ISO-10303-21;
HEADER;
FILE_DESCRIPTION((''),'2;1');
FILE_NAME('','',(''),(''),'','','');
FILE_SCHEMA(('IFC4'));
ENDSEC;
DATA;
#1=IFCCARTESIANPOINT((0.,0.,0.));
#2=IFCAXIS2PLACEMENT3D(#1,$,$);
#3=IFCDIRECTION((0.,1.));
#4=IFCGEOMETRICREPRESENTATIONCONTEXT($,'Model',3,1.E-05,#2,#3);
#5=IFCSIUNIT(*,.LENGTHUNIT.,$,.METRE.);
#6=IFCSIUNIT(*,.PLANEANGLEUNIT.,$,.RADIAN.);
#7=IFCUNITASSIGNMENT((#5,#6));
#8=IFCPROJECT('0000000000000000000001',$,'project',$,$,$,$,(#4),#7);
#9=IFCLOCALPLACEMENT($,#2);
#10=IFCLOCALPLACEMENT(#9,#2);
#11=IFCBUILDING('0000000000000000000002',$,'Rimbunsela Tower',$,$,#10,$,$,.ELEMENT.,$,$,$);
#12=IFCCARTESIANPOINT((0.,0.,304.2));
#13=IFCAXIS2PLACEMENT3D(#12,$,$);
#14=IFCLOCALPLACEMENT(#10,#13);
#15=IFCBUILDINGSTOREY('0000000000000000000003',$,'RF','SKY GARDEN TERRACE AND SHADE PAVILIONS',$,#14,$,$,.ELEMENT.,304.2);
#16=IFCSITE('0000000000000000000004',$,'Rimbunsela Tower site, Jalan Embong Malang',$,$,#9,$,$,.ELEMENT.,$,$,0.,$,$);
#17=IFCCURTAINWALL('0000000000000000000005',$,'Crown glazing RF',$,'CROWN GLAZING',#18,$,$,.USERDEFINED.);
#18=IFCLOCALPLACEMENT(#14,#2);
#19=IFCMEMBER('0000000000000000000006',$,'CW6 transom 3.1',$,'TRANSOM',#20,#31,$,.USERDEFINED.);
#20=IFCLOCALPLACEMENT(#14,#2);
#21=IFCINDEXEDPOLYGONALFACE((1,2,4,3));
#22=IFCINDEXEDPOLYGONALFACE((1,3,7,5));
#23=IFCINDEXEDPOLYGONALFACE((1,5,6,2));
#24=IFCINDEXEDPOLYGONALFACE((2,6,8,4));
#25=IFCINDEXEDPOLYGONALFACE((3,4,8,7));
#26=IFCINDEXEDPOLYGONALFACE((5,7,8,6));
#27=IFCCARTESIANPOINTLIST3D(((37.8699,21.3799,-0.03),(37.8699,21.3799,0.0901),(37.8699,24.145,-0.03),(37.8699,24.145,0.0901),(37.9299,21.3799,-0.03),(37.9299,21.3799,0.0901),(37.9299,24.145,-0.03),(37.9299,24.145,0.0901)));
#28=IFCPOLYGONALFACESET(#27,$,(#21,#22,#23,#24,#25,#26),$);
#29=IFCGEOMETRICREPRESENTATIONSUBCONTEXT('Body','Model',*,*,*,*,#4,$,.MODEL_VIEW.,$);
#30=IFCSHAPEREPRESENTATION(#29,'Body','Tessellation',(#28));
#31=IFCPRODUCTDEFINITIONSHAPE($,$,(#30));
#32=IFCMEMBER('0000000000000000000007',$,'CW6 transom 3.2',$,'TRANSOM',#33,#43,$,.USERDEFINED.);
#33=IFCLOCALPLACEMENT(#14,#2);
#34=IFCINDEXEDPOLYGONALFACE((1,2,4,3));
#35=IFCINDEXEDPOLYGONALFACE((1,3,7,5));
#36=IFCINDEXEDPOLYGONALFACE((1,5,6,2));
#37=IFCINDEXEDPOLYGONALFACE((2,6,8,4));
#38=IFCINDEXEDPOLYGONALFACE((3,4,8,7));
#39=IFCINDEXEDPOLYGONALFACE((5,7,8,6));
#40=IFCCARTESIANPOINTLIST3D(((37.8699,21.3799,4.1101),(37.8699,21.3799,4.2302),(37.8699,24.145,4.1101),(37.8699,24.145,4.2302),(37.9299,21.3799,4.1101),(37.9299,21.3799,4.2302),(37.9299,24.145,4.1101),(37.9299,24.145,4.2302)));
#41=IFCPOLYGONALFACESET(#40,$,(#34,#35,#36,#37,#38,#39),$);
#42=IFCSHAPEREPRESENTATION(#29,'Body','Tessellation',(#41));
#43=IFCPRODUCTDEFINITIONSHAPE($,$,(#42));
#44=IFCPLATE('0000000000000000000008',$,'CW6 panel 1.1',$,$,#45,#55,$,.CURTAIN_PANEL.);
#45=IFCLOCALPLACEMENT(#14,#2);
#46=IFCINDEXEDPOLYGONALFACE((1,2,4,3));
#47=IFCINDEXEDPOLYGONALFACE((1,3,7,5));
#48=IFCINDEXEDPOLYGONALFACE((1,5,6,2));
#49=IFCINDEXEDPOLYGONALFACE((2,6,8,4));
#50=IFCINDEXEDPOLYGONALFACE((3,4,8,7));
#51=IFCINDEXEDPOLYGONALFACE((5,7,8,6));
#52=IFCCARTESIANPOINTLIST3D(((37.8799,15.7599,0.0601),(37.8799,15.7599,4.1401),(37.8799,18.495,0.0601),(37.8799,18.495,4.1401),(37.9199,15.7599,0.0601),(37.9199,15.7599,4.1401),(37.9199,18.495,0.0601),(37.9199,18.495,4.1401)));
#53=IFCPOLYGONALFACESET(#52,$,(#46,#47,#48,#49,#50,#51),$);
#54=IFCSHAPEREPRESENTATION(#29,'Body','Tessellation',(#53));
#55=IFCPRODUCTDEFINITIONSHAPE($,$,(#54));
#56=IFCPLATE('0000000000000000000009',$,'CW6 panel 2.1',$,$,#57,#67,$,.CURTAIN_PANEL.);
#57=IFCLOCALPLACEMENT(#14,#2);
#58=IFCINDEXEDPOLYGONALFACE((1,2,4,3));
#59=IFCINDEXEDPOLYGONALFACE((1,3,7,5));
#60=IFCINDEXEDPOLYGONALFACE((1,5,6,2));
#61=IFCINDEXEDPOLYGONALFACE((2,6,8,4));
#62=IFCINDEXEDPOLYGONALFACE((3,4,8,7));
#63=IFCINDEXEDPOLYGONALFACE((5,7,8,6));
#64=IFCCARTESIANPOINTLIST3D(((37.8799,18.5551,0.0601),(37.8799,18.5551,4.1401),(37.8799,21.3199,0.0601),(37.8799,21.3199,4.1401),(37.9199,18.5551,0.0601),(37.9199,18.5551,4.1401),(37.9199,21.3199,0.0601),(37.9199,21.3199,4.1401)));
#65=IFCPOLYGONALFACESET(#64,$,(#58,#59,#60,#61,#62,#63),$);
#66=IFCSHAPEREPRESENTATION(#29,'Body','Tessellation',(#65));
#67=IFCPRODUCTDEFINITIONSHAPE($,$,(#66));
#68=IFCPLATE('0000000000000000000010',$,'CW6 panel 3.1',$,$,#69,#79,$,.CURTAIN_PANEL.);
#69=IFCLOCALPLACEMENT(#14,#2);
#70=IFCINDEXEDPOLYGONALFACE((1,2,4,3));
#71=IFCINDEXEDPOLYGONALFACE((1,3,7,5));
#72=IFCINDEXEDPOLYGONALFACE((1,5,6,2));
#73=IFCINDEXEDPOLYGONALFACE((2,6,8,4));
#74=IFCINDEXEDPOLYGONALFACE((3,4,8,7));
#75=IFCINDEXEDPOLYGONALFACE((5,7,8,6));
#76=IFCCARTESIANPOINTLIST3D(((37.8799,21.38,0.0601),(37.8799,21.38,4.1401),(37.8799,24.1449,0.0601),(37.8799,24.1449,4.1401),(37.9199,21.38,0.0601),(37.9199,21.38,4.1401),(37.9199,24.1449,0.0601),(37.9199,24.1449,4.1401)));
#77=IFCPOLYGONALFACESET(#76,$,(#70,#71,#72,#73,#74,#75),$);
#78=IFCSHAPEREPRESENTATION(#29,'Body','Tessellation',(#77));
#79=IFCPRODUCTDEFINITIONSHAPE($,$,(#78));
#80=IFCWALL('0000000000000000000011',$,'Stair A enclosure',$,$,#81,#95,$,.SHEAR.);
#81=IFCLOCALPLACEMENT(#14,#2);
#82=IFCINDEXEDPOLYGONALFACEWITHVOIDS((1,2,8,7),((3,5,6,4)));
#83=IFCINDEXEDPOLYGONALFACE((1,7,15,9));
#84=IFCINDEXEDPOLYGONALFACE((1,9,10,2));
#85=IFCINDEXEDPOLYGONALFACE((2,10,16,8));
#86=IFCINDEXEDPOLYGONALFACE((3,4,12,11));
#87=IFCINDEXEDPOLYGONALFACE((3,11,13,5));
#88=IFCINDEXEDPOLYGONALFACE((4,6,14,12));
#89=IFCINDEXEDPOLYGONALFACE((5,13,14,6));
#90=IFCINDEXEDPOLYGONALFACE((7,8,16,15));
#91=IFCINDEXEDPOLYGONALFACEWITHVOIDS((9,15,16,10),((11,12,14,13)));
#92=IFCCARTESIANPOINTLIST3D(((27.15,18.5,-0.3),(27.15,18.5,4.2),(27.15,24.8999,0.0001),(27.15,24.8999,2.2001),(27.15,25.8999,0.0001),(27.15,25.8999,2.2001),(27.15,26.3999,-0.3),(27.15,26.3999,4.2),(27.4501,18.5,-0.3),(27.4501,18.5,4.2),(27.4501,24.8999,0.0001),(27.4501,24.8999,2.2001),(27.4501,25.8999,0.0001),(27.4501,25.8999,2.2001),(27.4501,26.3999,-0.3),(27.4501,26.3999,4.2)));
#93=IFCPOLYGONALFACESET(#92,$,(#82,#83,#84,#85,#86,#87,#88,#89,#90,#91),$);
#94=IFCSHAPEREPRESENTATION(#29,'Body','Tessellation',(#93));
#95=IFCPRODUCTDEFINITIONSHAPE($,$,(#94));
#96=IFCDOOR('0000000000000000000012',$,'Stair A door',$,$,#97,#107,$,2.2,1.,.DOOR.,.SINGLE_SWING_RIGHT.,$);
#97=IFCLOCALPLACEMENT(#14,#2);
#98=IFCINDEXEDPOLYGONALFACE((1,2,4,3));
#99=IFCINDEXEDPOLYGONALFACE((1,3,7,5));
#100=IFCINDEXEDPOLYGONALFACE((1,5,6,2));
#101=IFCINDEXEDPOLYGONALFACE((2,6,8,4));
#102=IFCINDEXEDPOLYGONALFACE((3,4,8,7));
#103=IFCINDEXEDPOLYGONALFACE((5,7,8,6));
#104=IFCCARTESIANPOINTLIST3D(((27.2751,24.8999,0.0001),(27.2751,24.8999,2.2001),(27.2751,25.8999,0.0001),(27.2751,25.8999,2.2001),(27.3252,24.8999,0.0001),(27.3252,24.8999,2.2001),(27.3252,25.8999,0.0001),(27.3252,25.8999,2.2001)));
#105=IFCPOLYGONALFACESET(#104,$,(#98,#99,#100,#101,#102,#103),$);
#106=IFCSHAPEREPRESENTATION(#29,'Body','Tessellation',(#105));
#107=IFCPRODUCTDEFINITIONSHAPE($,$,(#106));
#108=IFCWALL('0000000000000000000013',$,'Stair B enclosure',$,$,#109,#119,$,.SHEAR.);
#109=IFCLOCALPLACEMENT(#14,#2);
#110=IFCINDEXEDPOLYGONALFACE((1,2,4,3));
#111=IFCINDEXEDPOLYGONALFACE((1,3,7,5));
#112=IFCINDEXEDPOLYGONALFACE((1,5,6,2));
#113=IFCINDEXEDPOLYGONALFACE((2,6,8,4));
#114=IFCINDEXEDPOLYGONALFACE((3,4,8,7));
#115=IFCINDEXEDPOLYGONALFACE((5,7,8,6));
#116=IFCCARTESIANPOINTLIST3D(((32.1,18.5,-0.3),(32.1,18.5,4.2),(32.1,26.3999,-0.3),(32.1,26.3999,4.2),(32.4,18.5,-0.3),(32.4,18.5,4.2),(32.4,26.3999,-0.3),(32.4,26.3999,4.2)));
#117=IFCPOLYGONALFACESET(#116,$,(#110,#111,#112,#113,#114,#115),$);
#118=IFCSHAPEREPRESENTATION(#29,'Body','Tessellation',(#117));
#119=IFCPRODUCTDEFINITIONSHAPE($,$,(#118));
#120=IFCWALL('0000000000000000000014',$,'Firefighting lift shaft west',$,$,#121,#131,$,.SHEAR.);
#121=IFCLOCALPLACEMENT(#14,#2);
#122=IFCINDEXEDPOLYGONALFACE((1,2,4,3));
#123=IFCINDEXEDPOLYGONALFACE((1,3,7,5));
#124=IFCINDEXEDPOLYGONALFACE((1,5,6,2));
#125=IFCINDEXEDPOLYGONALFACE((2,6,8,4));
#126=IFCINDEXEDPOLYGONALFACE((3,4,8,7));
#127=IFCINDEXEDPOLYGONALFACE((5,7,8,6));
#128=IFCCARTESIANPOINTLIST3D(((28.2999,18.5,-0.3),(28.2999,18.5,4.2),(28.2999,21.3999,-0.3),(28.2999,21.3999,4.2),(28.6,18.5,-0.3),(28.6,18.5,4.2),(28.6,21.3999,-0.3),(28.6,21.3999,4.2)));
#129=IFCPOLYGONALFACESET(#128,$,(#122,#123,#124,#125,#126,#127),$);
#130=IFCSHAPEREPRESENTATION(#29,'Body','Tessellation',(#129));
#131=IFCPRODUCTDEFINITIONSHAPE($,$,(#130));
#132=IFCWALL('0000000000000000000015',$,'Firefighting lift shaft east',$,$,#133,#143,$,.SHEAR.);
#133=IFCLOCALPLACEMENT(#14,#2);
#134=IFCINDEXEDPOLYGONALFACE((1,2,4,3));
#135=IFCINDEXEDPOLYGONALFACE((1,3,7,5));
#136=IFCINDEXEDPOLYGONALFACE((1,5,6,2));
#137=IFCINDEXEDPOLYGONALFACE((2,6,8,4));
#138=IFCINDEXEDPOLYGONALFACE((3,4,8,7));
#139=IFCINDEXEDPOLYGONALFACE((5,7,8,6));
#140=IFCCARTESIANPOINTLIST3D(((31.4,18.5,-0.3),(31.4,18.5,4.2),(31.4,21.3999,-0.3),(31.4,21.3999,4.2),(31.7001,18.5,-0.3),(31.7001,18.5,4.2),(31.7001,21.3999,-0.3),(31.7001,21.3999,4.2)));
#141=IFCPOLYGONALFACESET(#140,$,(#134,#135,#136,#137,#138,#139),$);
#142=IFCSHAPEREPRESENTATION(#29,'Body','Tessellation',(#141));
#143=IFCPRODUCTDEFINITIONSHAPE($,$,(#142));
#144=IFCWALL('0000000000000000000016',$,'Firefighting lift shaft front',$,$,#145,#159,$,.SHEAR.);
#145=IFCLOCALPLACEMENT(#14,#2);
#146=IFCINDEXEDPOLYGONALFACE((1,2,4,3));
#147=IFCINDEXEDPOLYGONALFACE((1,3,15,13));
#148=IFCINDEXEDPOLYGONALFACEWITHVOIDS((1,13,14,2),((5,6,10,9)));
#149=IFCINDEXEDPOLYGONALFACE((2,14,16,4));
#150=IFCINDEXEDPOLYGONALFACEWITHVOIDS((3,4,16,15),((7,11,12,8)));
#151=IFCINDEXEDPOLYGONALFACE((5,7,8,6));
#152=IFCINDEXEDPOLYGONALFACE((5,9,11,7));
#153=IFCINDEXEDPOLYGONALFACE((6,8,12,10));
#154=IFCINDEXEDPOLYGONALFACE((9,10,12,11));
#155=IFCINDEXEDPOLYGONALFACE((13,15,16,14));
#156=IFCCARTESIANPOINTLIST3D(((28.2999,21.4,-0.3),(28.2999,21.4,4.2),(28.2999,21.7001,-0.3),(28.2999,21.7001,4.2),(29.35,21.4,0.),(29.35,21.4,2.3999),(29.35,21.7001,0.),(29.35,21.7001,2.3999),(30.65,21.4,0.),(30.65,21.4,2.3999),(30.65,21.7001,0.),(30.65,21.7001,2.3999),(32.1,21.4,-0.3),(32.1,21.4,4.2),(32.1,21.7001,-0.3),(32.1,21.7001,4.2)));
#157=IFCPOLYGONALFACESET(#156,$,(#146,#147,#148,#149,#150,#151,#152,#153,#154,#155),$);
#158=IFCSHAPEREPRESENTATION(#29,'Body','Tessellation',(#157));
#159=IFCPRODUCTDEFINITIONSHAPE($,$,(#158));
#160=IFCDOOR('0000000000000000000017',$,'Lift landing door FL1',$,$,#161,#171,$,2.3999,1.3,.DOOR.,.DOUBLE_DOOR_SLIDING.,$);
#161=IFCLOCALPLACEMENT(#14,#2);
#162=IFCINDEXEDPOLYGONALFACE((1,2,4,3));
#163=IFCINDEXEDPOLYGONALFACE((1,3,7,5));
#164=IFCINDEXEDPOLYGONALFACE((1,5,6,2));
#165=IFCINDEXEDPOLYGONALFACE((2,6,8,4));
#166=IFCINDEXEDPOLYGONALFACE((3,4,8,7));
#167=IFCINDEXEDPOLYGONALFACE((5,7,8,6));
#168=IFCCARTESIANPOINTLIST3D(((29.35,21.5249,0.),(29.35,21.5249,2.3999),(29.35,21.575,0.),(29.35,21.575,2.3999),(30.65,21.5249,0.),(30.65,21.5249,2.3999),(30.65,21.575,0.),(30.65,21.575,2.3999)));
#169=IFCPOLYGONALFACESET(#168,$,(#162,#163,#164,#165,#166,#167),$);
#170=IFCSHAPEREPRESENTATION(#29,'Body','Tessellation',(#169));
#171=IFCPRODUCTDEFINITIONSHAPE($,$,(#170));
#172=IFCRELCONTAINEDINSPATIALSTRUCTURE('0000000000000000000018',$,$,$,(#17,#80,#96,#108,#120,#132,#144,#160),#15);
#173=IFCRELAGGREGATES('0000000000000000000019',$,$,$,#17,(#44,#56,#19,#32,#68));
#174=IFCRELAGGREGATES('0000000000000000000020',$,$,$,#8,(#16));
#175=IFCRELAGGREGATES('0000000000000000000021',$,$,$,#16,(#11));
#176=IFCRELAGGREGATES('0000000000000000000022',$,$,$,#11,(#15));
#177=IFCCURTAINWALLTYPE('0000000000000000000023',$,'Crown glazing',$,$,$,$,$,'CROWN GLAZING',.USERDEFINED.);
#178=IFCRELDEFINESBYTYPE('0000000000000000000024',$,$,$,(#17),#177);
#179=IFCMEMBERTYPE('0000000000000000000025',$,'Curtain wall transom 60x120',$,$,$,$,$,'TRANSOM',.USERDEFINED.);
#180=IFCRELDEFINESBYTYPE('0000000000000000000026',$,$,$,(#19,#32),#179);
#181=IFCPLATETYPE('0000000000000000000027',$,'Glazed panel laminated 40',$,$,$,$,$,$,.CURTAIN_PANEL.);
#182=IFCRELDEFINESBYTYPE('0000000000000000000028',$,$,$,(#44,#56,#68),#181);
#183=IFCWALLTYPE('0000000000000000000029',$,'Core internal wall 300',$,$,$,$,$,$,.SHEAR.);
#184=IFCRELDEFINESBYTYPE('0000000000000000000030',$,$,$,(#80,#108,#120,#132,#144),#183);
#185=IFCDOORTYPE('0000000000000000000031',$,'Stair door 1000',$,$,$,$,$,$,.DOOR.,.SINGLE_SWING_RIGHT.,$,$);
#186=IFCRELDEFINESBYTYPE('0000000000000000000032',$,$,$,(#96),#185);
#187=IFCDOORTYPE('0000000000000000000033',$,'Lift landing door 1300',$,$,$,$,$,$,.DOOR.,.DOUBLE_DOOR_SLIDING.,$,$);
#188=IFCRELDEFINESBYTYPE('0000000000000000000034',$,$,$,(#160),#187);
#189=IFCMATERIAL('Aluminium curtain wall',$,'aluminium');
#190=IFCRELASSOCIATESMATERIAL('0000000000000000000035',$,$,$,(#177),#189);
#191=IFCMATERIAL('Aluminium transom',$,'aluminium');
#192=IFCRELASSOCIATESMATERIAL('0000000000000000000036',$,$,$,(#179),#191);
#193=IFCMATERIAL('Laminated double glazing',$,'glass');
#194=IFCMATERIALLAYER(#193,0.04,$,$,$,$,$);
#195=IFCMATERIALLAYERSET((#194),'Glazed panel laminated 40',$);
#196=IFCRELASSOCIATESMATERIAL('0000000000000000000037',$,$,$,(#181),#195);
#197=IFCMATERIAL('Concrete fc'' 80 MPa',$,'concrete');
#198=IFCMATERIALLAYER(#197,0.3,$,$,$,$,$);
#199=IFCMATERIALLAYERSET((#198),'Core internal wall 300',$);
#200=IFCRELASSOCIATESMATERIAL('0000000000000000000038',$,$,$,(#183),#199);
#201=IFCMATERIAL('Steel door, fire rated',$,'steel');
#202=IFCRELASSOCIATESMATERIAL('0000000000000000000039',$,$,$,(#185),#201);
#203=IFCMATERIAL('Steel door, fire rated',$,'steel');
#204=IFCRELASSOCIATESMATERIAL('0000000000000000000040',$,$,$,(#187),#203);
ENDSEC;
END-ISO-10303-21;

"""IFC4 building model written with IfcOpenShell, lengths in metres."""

from ifc_helpers import new_model, si_unit, direction, frame, frame_2d, origin, origin_2d, place, context, subcontext, project, spatial, rectangle, extrude, material, layer, layer_set, material_profile, profile_set, type_object, element, fill, aggregate, save


model = new_model("IFC4")

# Units and contexts
model_context = context("Model", 3, precision=1e-05, world=origin(), true_north=direction((0.0, 1.0)))
body_context = subcontext(model_context, "Body", "Model", "MODEL_VIEW")
ifc_project = project(units=[si_unit("LENGTHUNIT", "METRE"), si_unit("PLANEANGLEUNIT", "RADIAN")], contexts=[model_context])

# Site, building, storey
site_placement = place(None, origin())
site = spatial("IfcSite", under=ifc_project, at=site_placement, Name="Rimbunsela Tower site, Jalan Embong Malang", CompositionType="ELEMENT", RefElevation=0.0)
building_placement = place(site_placement, origin())
building = spatial("IfcBuilding", under=site, at=building_placement, Name="Rimbunsela Tower", CompositionType="ELEMENT")
storey_placement = place(building_placement, frame((0.0, 0.0, 304.2)))
storey = spatial("IfcBuildingStorey", under=building, at=storey_placement, Name="RF", Description="SKY GARDEN TERRACE AND SHADE PAVILIONS", CompositionType="ELEMENT", Elevation=304.2)

# Curtain wall, members, plates
ifc_material_1 = material(Name="Aluminium curtain wall", Category="aluminium")
curtain_wall_type = type_object("IfcCurtainWallType", Name="Crown glazing", ElementType="CROWN GLAZING", PredefinedType="USERDEFINED", material=ifc_material_1)
curtain_wall_placement = place(storey_placement, origin())
curtain_wall = element("IfcCurtainWall", 1, at=curtain_wall_placement, inside=storey, type_object=curtain_wall_type, Name="Crown glazing RF", ObjectType="CROWN GLAZING", PredefinedType="USERDEFINED")
ifc_material_2 = material(Name="Aluminium transom", Category="aluminium")
ifc_material_profile_1 = material_profile(ifc_material_2, rectangle(XDim=0.0601, YDim=0.1201, at=origin_2d()), Name="Transom 60x120")
ifc_profile_set_1 = profile_set([ifc_material_profile_1], Name="Aluminium transom")
member_type_1 = type_object("IfcMemberType", Name="Curtain wall transom 60x120", ElementType="TRANSOM", PredefinedType="USERDEFINED", material=ifc_profile_set_1)
member_1_placement = place(storey_placement, frame((37.8999, 21.3799, 0.03), z_axis=(0.0, 1.0, 0.0), x_axis=(-1.0, 0.0, 0.0)))
member_1 = element("IfcMember", 2, at=member_1_placement, type_object=member_type_1, Name="CW6 transom 3.1", ObjectType="TRANSOM", PredefinedType="USERDEFINED", context=body_context, shape_type="SweptSolid", body=[
    extrude(rectangle(XDim=0.0601, YDim=0.1201, at=origin_2d()), origin(), (0.0, 0.0, 1.0), 2.7651),
])
member_2_placement = place(storey_placement, frame((37.8999, 21.3799, 4.1702), z_axis=(0.0, 1.0, 0.0), x_axis=(-1.0, 0.0, 0.0)))
member_2 = element("IfcMember", 3, at=member_2_placement, type_object=member_type_1, Name="CW6 transom 3.2", ObjectType="TRANSOM", PredefinedType="USERDEFINED", context=body_context, shape_type="SweptSolid", body=[
    extrude(rectangle(XDim=0.0601, YDim=0.1201, at=origin_2d()), origin(), (0.0, 0.0, 1.0), 2.7651),
])
ifc_material_3 = material(Name="Laminated double glazing", Category="glass")
ifc_layer_1 = layer(ifc_material_3, 0.04)
ifc_layer_set_1 = layer_set([ifc_layer_1], Name="Glazed panel laminated 40")
plate_type = type_object("IfcPlateType", Name="Glazed panel laminated 40", PredefinedType="CURTAIN_PANEL", material=ifc_layer_set_1)
plate_1_placement = place(storey_placement, frame((37.8999, 17.1274, 0.0601), z_axis=(0.0, 0.0, 1.0), x_axis=(0.0, 1.0, 0.0)))
plate_1 = element("IfcPlate", 4, at=plate_1_placement, type_object=plate_type, Name="CW6 panel 1.1", PredefinedType="CURTAIN_PANEL", context=body_context, shape_type="SweptSolid", body=[
    extrude(rectangle(XDim=2.7351, YDim=0.04, at=origin_2d()), origin(), (0.0, 0.0, 1.0), 4.0801),
])
plate_2_placement = place(storey_placement, frame((37.8999, 19.9375, 0.0601), z_axis=(0.0, 0.0, 1.0), x_axis=(0.0, 1.0, 0.0)))
plate_2 = element("IfcPlate", 5, at=plate_2_placement, type_object=plate_type, Name="CW6 panel 2.1", PredefinedType="CURTAIN_PANEL", context=body_context, shape_type="SweptSolid", body=[
    extrude(rectangle(XDim=2.7649, YDim=0.04, at=origin_2d()), origin(), (0.0, 0.0, 1.0), 4.0801),
])
plate_3_placement = place(storey_placement, frame((37.8999, 22.7625, 0.0601), z_axis=(0.0, 0.0, 1.0), x_axis=(0.0, 1.0, 0.0)))
plate_3 = element("IfcPlate", 6, at=plate_3_placement, type_object=plate_type, Name="CW6 panel 3.1", PredefinedType="CURTAIN_PANEL", context=body_context, shape_type="SweptSolid", body=[
    extrude(rectangle(XDim=2.7649, YDim=0.04, at=origin_2d()), origin(), (0.0, 0.0, 1.0), 4.0801),
])
aggregate(curtain_wall, [plate_1, plate_2, member_1, member_2, plate_3])

# Wall, opening, door
ifc_material_4 = material(Name="Concrete fc' 80 MPa", Category="concrete")
ifc_layer_2 = layer(ifc_material_4, 0.3)
ifc_layer_set_2 = layer_set([ifc_layer_2], Name="Core internal wall 300")
wall_type_1 = type_object("IfcWallType", Name="Core internal wall 300", PredefinedType="SHEAR", material=ifc_layer_set_2)
wall_1_placement = place(storey_placement, frame((27.3, 18.5, -0.3), z_axis=(0.0, 0.0, 1.0), x_axis=(0.0, 1.0, 0.0)))
wall_1 = element("IfcWall", 7, at=wall_1_placement, inside=storey, type_object=wall_type_1, Name="Stair A enclosure", PredefinedType="SHEAR", context=body_context, shape_type="SweptSolid", body=[
    extrude(rectangle(XDim=7.8999, YDim=0.3, at=frame_2d((3.95, 0.0))), origin(), (0.0, 0.0, 1.0), 4.5),
])
opening_1_placement = place(wall_1_placement, frame((6.3999, 0.0, 0.3)))
opening_1 = element("IfcOpeningElement", 8, at=opening_1_placement, cuts=wall_1, PredefinedType="OPENING", context=body_context, shape_type="SweptSolid", body=[
    extrude(rectangle(XDim=1.0, YDim=2.2, at=frame_2d((0.5, 1.1001))), frame((0.0, 0.1599, 0.0), z_axis=(0.0, -1.0, 0.0), x_axis=(1.0, 0.0, 0.0)), (0.0, 0.0, 1.0), 0.3201),
])
ifc_material_5 = material(Name="Steel door, fire rated", Category="steel")
door_type_1 = type_object("IfcDoorType", Name="Stair door 1000", OperationType="SINGLE_SWING_RIGHT", PredefinedType="DOOR", material=ifc_material_5)
door_1_placement = place(opening_1_placement, origin())
door_1 = element("IfcDoor", 9, at=door_1_placement, inside=storey, type_object=door_type_1, Name="Stair A door", OperationType="SINGLE_SWING_RIGHT", OverallHeight=2.2, OverallWidth=1.0, PredefinedType="DOOR", context=body_context, shape_type="SweptSolid", body=[
    extrude(rectangle(XDim=1.0, YDim=2.2, at=frame_2d((0.5, 1.1001))), frame((0.0, 0.0249, 0.0), z_axis=(0.0, -1.0, 0.0), x_axis=(1.0, 0.0, 0.0)), (0.0, 0.0, 1.0), 0.05),
])
fill(opening_1, door_1)

# Walls
wall_2_placement = place(storey_placement, frame((32.25, 18.5, -0.3), z_axis=(0.0, 0.0, 1.0), x_axis=(0.0, 1.0, 0.0)))
element("IfcWall", 10, at=wall_2_placement, inside=storey, type_object=wall_type_1, Name="Stair B enclosure", PredefinedType="SHEAR", context=body_context, shape_type="SweptSolid", body=[
    extrude(rectangle(XDim=7.8999, YDim=0.3, at=frame_2d((3.95, 0.0))), origin(), (0.0, 0.0, 1.0), 4.5),
])
for number, where, z_axis, x_axis, name in (
    (11, (28.45, 18.5, -0.3), (0.0, 0.0, 1.0), (0.0, 1.0, 0.0), "Firefighting lift shaft west"),
    (12, (31.55, 18.5, -0.3), (0.0, 0.0, 1.0), (0.0, 1.0, 0.0), "Firefighting lift shaft east"),
):
    element("IfcWall", number, at=place(storey_placement, frame(where, z_axis=z_axis, x_axis=x_axis)), inside=storey, type_object=wall_type_1, Name=name, PredefinedType="SHEAR", context=body_context, shape_type="SweptSolid", body=[
        extrude(rectangle(XDim=2.8999, YDim=0.3, at=frame_2d((1.45, 0.0))), origin(), (0.0, 0.0, 1.0), 4.5),
    ])

# Wall, opening, door
wall_3_placement = place(storey_placement, frame((28.3, 21.55, -0.3), z_axis=(0.0, 0.0, 1.0), x_axis=(1.0, 0.0, 0.0)))
wall_3 = element("IfcWall", 13, at=wall_3_placement, inside=storey, type_object=wall_type_1, Name="Firefighting lift shaft front", PredefinedType="SHEAR", context=body_context, shape_type="SweptSolid", body=[
    extrude(rectangle(XDim=3.8, YDim=0.3, at=frame_2d((1.8999, 0.0))), origin(), (0.0, 0.0, 1.0), 4.5),
])
opening_2_placement = place(wall_3_placement, frame((1.05, 0.0, 0.3)))
opening_2 = element("IfcOpeningElement", 14, at=opening_2_placement, cuts=wall_3, PredefinedType="OPENING", context=body_context, shape_type="SweptSolid", body=[
    extrude(rectangle(XDim=1.3, YDim=2.3999, at=frame_2d((0.6499, 1.2))), frame((0.0, 0.1599, 0.0), z_axis=(0.0, -1.0, 0.0), x_axis=(1.0, 0.0, 0.0)), (0.0, 0.0, 1.0), 0.3201),
])
ifc_material_6 = material(Name="Steel door, fire rated", Category="steel")
door_type_2 = type_object("IfcDoorType", Name="Lift landing door 1300", OperationType="DOUBLE_DOOR_SLIDING", PredefinedType="DOOR", material=ifc_material_6)
door_2_placement = place(opening_2_placement, origin())
door_2 = element("IfcDoor", 15, at=door_2_placement, inside=storey, type_object=door_type_2, Name="Lift landing door FL1", OperationType="DOUBLE_DOOR_SLIDING", OverallHeight=2.3999, OverallWidth=1.3, PredefinedType="DOOR", context=body_context, shape_type="SweptSolid", body=[
    extrude(rectangle(XDim=1.3, YDim=2.3999, at=frame_2d((0.6499, 1.2))), frame((0.0, 0.0249, 0.0), z_axis=(0.0, -1.0, 0.0), x_axis=(1.0, 0.0, 0.0)), (0.0, 0.0, 1.0), 0.05),
])
fill(opening_2, door_2)

save(model, "model.ifc")
